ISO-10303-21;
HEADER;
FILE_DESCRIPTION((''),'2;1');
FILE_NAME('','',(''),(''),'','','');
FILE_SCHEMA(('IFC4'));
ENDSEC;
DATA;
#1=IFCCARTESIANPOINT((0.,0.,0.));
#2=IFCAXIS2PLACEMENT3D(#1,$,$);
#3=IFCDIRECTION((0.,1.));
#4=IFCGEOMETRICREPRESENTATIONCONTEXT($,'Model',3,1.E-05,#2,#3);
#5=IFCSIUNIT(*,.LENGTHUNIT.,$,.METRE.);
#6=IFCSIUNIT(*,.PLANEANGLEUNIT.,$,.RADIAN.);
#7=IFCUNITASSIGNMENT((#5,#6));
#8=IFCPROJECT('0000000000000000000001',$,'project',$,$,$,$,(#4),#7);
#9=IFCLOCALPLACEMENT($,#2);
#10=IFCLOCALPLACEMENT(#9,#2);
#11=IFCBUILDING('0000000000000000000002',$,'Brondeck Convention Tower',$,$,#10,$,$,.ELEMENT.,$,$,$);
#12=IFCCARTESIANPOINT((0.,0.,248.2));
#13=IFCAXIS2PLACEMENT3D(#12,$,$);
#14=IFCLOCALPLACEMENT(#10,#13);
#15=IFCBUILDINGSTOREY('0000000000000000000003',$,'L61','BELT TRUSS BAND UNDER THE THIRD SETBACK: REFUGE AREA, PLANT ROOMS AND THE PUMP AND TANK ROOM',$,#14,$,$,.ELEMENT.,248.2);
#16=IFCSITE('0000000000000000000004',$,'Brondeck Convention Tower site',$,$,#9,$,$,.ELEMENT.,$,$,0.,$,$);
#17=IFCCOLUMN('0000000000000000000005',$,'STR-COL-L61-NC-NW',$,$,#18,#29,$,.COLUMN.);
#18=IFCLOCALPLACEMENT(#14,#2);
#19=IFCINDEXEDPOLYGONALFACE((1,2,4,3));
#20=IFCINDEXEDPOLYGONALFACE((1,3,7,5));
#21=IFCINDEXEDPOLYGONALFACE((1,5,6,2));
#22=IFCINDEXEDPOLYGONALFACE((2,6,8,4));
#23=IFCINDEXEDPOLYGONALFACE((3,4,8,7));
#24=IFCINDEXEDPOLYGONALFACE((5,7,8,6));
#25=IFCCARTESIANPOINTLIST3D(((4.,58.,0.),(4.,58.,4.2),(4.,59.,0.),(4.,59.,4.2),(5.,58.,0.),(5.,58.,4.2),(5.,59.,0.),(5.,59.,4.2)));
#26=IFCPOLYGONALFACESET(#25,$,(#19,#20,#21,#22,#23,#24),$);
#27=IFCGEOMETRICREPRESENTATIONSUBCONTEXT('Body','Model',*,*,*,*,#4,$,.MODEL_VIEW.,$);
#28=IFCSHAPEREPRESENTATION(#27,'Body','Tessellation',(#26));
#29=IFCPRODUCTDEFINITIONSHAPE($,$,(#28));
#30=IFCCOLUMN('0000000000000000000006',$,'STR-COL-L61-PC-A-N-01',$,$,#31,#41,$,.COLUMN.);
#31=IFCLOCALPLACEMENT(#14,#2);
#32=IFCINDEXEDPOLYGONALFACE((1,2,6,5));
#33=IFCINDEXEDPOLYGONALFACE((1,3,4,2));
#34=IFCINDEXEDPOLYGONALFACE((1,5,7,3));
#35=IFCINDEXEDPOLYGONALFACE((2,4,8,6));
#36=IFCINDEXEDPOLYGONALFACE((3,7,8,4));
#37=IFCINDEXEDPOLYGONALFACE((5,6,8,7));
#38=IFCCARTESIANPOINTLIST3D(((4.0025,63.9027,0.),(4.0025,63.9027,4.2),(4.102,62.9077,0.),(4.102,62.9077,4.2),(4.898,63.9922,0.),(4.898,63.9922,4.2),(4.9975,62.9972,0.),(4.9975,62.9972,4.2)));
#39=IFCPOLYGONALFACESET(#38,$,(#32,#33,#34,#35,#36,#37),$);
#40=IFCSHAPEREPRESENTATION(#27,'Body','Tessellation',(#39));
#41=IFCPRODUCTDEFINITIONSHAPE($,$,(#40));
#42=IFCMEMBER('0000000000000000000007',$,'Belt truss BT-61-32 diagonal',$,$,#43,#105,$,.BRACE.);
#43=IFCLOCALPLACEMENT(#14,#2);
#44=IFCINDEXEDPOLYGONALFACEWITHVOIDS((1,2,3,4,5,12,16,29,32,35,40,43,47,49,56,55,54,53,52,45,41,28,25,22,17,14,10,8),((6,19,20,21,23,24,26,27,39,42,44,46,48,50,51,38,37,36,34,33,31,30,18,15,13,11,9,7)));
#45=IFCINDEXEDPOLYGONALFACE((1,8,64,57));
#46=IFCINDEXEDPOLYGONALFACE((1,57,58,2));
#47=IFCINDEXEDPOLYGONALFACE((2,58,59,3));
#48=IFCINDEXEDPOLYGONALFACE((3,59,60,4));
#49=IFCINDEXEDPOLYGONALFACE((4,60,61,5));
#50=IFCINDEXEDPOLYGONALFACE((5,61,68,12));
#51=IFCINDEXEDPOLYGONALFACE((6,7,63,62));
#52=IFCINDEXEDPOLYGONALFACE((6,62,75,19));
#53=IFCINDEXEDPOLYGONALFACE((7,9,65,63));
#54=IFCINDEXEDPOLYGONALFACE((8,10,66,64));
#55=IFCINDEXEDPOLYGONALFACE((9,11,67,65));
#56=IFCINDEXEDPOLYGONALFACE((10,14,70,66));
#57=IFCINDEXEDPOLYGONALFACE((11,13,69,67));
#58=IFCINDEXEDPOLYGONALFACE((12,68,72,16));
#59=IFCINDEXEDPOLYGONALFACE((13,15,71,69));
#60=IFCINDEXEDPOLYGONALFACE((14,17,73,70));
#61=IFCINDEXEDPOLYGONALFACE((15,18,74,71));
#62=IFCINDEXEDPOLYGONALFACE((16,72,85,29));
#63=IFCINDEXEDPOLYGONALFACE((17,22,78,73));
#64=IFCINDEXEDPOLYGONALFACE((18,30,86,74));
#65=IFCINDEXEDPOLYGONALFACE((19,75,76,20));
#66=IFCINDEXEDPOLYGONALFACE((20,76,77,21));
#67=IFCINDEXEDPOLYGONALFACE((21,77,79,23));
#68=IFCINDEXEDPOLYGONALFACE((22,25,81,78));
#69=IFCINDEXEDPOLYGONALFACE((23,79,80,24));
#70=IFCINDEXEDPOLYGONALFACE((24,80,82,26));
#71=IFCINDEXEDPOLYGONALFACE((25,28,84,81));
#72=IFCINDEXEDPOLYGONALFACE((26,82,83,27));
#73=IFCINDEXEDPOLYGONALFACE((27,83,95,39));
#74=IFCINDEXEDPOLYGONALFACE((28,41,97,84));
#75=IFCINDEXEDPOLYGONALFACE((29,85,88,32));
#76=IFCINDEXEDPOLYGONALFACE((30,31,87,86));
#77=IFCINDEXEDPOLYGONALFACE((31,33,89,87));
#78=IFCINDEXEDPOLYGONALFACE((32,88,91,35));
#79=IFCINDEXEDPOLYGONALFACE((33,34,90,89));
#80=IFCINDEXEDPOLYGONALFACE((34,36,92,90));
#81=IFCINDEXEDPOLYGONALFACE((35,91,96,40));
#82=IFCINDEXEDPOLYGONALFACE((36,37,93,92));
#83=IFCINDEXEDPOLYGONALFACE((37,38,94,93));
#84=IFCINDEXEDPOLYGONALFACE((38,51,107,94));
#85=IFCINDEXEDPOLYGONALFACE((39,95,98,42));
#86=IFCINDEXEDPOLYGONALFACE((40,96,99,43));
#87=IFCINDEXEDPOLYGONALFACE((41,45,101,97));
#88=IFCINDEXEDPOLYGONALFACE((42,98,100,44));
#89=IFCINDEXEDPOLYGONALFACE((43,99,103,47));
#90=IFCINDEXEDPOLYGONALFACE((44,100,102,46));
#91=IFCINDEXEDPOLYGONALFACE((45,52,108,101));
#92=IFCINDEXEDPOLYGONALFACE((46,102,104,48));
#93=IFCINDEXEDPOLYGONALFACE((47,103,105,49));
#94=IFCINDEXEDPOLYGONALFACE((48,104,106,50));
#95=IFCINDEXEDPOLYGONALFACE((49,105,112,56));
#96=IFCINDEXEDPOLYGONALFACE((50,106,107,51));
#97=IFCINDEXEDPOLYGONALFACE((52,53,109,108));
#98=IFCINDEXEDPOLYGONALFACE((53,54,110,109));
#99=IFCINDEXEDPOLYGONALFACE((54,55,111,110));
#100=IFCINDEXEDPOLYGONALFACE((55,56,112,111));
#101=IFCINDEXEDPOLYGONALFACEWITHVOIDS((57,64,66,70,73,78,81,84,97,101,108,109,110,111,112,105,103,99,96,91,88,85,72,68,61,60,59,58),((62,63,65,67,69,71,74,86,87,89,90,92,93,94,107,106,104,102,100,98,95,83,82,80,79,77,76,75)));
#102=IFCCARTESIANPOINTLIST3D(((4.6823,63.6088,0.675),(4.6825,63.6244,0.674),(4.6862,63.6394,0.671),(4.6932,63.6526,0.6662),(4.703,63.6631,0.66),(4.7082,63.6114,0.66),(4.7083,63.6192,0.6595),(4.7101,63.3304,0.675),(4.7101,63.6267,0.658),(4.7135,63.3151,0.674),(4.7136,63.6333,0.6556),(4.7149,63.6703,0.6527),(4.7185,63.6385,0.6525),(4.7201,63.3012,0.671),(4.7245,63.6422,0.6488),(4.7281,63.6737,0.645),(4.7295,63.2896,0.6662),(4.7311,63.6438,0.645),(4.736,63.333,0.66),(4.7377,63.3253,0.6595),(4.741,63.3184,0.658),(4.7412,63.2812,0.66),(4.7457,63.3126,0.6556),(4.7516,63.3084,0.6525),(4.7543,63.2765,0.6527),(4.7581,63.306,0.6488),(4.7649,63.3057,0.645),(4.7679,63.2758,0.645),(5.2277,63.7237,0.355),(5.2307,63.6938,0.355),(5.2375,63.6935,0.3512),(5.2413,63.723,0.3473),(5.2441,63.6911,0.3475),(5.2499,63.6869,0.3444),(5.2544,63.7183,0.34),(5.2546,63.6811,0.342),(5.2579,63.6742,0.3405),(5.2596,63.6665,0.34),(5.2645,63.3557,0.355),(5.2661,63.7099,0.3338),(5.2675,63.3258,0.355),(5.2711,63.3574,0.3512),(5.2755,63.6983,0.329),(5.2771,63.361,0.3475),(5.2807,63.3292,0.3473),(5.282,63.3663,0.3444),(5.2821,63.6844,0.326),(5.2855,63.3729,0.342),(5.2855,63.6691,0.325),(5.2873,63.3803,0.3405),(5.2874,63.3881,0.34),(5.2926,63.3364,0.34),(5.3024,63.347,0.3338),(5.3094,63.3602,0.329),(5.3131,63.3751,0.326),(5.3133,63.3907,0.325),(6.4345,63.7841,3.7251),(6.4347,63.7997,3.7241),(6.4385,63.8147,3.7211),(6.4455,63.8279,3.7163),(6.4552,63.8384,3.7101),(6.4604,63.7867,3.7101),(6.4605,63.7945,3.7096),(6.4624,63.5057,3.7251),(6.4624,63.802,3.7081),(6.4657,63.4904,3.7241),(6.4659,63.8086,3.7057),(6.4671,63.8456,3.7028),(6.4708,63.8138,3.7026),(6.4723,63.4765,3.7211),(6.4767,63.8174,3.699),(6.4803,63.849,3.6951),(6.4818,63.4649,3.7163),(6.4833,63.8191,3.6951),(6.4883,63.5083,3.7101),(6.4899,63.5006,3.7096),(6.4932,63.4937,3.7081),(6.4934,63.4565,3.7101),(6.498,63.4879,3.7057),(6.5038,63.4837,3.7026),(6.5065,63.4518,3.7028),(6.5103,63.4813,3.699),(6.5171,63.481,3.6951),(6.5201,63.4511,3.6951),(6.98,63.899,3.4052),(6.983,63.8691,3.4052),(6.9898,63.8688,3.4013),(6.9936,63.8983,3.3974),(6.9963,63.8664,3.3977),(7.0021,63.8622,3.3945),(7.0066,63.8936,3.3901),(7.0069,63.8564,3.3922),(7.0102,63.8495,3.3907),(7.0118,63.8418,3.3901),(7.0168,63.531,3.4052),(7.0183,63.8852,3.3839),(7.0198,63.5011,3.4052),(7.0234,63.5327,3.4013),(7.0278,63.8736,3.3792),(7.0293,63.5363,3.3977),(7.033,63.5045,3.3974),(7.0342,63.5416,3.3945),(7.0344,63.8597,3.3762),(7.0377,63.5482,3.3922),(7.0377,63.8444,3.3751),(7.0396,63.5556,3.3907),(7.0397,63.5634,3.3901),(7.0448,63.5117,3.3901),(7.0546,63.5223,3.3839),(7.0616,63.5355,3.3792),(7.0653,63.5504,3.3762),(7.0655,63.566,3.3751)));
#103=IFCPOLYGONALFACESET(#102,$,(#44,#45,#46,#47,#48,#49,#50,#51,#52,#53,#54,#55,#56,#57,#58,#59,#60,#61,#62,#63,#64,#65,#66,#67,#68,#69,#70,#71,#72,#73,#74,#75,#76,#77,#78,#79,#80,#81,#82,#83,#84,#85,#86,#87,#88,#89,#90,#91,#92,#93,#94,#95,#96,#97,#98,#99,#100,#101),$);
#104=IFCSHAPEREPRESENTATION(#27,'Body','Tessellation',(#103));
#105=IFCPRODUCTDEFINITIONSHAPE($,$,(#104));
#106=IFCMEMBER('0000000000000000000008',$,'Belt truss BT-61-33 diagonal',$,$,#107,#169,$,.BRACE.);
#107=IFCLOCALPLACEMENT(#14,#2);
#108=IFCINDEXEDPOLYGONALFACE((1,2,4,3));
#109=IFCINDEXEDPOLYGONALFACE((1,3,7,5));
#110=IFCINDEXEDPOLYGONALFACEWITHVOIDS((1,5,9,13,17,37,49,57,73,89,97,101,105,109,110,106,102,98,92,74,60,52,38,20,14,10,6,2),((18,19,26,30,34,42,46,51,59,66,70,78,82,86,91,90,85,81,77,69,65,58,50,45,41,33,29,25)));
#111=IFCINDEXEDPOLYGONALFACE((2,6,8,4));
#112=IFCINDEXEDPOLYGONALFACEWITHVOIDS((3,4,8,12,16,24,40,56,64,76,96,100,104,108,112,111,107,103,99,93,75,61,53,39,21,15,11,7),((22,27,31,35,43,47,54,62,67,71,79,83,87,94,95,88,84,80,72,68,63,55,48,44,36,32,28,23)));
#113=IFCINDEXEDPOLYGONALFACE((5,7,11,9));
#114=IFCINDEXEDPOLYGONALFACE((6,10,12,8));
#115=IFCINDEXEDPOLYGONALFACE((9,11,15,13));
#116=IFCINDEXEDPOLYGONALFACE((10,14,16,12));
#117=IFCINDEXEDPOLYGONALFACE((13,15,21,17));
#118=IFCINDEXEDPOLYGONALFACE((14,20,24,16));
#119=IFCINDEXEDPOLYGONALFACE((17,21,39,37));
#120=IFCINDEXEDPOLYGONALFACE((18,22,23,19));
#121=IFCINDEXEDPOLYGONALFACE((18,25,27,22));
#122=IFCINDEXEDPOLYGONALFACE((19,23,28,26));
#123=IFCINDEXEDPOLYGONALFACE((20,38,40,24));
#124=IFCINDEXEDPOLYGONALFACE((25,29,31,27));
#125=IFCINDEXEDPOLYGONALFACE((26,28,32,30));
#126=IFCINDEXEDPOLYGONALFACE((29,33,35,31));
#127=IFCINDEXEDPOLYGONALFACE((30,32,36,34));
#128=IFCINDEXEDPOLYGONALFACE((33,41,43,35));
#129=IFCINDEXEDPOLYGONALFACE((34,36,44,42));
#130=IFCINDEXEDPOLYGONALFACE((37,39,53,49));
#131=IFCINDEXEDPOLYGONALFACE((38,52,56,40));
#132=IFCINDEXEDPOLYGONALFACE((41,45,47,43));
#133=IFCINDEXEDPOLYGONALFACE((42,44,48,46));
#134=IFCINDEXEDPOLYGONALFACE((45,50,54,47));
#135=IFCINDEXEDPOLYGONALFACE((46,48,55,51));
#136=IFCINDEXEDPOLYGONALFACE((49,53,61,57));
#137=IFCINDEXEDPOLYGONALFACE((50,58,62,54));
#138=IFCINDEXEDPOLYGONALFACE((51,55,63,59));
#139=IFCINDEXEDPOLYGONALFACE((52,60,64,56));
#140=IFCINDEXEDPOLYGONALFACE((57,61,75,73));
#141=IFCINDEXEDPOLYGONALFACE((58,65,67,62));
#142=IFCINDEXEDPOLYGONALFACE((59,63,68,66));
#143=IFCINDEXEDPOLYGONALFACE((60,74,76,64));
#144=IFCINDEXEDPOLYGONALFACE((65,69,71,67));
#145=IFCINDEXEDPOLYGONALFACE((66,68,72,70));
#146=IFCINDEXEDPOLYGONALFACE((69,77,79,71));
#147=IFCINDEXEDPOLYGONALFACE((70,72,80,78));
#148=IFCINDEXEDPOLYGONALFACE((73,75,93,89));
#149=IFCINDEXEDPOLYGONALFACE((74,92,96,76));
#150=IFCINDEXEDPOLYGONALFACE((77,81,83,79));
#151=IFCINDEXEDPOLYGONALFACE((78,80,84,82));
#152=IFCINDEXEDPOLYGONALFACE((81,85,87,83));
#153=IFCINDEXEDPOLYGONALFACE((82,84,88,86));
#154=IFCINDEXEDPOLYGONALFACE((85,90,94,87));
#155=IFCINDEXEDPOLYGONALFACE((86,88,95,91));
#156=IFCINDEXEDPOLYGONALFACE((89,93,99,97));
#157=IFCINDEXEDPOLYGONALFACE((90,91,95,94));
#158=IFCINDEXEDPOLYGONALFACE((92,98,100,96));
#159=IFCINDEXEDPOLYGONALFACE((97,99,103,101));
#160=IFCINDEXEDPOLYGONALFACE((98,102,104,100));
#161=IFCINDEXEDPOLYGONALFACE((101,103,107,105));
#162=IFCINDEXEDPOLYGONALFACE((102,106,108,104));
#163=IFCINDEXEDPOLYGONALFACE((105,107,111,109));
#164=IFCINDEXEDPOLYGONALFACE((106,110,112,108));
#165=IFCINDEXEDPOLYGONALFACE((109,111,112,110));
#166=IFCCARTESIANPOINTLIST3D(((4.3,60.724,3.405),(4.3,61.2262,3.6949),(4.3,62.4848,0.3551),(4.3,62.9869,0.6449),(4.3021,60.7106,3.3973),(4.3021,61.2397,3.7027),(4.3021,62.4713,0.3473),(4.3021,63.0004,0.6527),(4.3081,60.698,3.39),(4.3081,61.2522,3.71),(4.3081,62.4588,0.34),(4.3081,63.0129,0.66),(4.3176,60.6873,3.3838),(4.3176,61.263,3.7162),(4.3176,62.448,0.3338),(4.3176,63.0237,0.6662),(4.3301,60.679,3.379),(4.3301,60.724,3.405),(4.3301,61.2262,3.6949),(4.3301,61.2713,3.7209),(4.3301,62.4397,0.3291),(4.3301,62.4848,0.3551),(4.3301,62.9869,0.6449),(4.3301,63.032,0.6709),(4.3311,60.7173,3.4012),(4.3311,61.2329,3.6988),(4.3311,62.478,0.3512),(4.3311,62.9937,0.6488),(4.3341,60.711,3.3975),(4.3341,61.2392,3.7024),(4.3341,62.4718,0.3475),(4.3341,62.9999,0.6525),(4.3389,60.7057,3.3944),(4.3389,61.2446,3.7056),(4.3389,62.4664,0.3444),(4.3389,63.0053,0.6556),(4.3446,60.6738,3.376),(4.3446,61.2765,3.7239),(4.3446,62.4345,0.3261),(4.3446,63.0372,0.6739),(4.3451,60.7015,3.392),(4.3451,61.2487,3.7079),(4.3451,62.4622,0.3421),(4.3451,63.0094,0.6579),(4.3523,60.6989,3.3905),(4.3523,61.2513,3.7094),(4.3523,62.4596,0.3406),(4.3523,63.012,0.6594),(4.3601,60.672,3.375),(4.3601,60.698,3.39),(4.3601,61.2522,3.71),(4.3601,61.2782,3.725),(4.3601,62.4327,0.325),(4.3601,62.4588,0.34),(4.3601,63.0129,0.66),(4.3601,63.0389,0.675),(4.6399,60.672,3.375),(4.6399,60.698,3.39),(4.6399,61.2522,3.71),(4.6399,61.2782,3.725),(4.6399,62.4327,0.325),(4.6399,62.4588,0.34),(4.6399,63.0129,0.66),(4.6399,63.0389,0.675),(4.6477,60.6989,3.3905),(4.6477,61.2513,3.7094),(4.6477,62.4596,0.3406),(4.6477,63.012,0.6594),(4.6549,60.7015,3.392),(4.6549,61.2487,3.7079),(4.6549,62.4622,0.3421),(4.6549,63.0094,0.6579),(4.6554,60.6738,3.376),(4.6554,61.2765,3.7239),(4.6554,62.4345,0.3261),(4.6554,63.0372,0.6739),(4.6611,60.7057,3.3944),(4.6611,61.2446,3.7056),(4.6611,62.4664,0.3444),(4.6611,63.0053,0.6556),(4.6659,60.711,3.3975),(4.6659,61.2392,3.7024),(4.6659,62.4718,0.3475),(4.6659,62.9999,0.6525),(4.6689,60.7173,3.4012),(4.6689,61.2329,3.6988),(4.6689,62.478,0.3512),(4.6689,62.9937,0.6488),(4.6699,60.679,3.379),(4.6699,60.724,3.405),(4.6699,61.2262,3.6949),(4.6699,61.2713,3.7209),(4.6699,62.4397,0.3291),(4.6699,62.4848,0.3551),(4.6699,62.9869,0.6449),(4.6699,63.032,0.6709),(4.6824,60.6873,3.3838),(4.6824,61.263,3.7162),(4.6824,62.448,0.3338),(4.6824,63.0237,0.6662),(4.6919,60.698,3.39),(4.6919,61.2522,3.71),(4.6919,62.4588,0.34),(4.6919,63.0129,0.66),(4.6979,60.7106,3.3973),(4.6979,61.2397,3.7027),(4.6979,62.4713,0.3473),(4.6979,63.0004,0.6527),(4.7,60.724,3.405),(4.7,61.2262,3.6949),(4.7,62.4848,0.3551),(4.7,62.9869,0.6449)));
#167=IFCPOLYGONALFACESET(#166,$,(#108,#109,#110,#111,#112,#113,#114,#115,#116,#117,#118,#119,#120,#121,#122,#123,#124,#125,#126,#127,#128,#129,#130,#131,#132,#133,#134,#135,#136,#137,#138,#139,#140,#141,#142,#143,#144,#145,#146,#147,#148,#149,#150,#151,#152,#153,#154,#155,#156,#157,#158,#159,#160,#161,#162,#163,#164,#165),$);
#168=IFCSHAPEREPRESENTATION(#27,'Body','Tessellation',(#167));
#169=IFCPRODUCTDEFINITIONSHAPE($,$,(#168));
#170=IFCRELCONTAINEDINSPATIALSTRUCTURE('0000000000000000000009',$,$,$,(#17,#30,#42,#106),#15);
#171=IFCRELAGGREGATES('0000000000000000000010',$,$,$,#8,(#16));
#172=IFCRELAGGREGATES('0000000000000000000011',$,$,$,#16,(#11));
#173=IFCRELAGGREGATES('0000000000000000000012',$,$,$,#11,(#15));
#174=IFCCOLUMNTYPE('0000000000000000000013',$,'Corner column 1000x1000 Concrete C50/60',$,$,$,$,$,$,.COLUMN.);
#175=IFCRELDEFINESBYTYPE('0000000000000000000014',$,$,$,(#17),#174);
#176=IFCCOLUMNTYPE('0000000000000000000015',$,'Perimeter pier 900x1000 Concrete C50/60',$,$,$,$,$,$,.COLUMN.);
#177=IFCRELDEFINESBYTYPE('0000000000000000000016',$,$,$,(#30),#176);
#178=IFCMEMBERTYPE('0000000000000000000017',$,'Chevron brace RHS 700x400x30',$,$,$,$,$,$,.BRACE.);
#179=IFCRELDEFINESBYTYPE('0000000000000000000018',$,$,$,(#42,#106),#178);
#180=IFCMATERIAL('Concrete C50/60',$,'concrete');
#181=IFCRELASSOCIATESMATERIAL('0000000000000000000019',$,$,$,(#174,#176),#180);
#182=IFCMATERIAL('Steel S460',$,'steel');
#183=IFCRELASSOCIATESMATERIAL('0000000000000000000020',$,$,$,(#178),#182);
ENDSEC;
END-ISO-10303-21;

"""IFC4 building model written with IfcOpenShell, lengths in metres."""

from ifc_helpers import new_model, si_unit, direction, frame, origin, origin_2d, place, context, subcontext, project, spatial, rectangle, hollow_rectangle, extrude, material, material_profile, profile_set, type_object, element, save


model = new_model("IFC4")

# Units and contexts
model_context = context("Model", 3, precision=1e-05, world=origin(), true_north=direction((0.0, 1.0)))
body_context = subcontext(model_context, "Body", "Model", "MODEL_VIEW")
ifc_project = project(units=[si_unit("LENGTHUNIT", "METRE"), si_unit("PLANEANGLEUNIT", "RADIAN")], contexts=[model_context])

# Site, building, storey
site_placement = place(None, origin())
site = spatial("IfcSite", under=ifc_project, at=site_placement, Name="Brondeck Convention Tower site", CompositionType="ELEMENT", RefElevation=0.0)
building_placement = place(site_placement, origin())
building = spatial("IfcBuilding", under=site, at=building_placement, Name="Brondeck Convention Tower", CompositionType="ELEMENT")
storey_placement = place(building_placement, frame((0.0, 0.0, 248.2)))
storey = spatial("IfcBuildingStorey", under=building, at=storey_placement, Name="L61", Description="BELT TRUSS BAND UNDER THE THIRD SETBACK: REFUGE AREA, PLANT ROOMS AND THE PUMP AND TANK ROOM", CompositionType="ELEMENT", Elevation=248.2)

# Columns
ifc_material_1 = material(Name="Concrete C50/60", Category="concrete")
ifc_material_profile_1 = material_profile(ifc_material_1, rectangle(XDim=1.0, YDim=1.0, at=origin_2d()), Name="Corner column 1000x1000 Concrete C50/60")
ifc_profile_set_1 = profile_set([ifc_material_profile_1], Name="Concrete C50/60")
column_type_1 = type_object("IfcColumnType", Name="Corner column 1000x1000 Concrete C50/60", PredefinedType="COLUMN", material=ifc_profile_set_1)
column_1_placement = place(storey_placement, frame((4.5, 58.5, 0.0), z_axis=(0.0, 0.0, 1.0), x_axis=(1.0, 0.0, 0.0)))
element("IfcColumn", 1, at=column_1_placement, inside=storey, type_object=column_type_1, Name="STR-COL-L61-NC-NW", PredefinedType="COLUMN", context=body_context, shape_type="SweptSolid", body=[
    extrude(rectangle(XDim=1.0, YDim=1.0, at=origin_2d()), origin(), (0.0, 0.0, 1.0), 4.2),
])
ifc_material_profile_2 = material_profile(ifc_material_1, rectangle(XDim=0.8999, YDim=1.0, at=origin_2d()), Name="Perimeter pier 900x1000 Concrete C50/60")
ifc_profile_set_2 = profile_set([ifc_material_profile_2], Name="Concrete C50/60")
column_type_2 = type_object("IfcColumnType", Name="Perimeter pier 900x1000 Concrete C50/60", PredefinedType="COLUMN", material=ifc_profile_set_2)
column_2_placement = place(storey_placement, frame((4.5, 63.45, 0.0), z_axis=(0.0, 0.0, 1.0), x_axis=(-0.995037, -0.099504, 0.0)))
element("IfcColumn", 2, at=column_2_placement, inside=storey, type_object=column_type_2, Name="STR-COL-L61-PC-A-N-01", PredefinedType="COLUMN", context=body_context, shape_type="SweptSolid", body=[
    extrude(rectangle(XDim=0.8999, YDim=1.0, at=origin_2d()), origin(), (0.0, 0.0, 1.0), 4.2),
])

# Members
ifc_material_2 = material(Name="Steel S460", Category="steel")
ifc_material_profile_3 = material_profile(ifc_material_2, hollow_rectangle(XDim=0.3999, YDim=0.7, WallThickness=0.03, InnerFilletRadius=0.03, OuterFilletRadius=0.0601, at=origin_2d()), Name="RHS 700x400x30")
ifc_profile_set_3 = profile_set([ifc_material_profile_3], Name="Steel S460")
member_type_1 = type_object("IfcMemberType", Name="Chevron brace RHS 700x400x30", PredefinedType="BRACE", material=ifc_profile_set_3)
member_1_placement = place(storey_placement, frame((4.9978, 63.4998, 0.5), z_axis=(0.497516, 0.049772, 0.866026), x_axis=(-0.099545, 0.995033, 0.0)))
element("IfcMember", 3, at=member_1_placement, inside=storey, type_object=member_type_1, Name="Belt truss BT-61-32 diagonal", PredefinedType="BRACE", context=body_context, shape_type="SweptSolid", body=[
    extrude(hollow_rectangle(XDim=0.3999, YDim=0.7, WallThickness=0.03, InnerFilletRadius=0.03, OuterFilletRadius=0.0601, at=origin_2d()), origin(), (0.0, 0.0, 1.0), 3.522),
])
member_2_placement = place(storey_placement, frame((4.5, 62.7358, 0.5), z_axis=(0.0, -0.499956, 0.866051), x_axis=(1.0, 0.0, 0.0)))
element("IfcMember", 4, at=member_2_placement, inside=storey, type_object=member_type_1, Name="Belt truss BT-61-33 diagonal", PredefinedType="BRACE", context=body_context, shape_type="SweptSolid", body=[
    extrude(hollow_rectangle(XDim=0.3999, YDim=0.7, WallThickness=0.03, InnerFilletRadius=0.03, OuterFilletRadius=0.0601, at=origin_2d()), origin(), (0.0, 0.0, 1.0), 3.5217),
])

save(model, "model.ifc")
